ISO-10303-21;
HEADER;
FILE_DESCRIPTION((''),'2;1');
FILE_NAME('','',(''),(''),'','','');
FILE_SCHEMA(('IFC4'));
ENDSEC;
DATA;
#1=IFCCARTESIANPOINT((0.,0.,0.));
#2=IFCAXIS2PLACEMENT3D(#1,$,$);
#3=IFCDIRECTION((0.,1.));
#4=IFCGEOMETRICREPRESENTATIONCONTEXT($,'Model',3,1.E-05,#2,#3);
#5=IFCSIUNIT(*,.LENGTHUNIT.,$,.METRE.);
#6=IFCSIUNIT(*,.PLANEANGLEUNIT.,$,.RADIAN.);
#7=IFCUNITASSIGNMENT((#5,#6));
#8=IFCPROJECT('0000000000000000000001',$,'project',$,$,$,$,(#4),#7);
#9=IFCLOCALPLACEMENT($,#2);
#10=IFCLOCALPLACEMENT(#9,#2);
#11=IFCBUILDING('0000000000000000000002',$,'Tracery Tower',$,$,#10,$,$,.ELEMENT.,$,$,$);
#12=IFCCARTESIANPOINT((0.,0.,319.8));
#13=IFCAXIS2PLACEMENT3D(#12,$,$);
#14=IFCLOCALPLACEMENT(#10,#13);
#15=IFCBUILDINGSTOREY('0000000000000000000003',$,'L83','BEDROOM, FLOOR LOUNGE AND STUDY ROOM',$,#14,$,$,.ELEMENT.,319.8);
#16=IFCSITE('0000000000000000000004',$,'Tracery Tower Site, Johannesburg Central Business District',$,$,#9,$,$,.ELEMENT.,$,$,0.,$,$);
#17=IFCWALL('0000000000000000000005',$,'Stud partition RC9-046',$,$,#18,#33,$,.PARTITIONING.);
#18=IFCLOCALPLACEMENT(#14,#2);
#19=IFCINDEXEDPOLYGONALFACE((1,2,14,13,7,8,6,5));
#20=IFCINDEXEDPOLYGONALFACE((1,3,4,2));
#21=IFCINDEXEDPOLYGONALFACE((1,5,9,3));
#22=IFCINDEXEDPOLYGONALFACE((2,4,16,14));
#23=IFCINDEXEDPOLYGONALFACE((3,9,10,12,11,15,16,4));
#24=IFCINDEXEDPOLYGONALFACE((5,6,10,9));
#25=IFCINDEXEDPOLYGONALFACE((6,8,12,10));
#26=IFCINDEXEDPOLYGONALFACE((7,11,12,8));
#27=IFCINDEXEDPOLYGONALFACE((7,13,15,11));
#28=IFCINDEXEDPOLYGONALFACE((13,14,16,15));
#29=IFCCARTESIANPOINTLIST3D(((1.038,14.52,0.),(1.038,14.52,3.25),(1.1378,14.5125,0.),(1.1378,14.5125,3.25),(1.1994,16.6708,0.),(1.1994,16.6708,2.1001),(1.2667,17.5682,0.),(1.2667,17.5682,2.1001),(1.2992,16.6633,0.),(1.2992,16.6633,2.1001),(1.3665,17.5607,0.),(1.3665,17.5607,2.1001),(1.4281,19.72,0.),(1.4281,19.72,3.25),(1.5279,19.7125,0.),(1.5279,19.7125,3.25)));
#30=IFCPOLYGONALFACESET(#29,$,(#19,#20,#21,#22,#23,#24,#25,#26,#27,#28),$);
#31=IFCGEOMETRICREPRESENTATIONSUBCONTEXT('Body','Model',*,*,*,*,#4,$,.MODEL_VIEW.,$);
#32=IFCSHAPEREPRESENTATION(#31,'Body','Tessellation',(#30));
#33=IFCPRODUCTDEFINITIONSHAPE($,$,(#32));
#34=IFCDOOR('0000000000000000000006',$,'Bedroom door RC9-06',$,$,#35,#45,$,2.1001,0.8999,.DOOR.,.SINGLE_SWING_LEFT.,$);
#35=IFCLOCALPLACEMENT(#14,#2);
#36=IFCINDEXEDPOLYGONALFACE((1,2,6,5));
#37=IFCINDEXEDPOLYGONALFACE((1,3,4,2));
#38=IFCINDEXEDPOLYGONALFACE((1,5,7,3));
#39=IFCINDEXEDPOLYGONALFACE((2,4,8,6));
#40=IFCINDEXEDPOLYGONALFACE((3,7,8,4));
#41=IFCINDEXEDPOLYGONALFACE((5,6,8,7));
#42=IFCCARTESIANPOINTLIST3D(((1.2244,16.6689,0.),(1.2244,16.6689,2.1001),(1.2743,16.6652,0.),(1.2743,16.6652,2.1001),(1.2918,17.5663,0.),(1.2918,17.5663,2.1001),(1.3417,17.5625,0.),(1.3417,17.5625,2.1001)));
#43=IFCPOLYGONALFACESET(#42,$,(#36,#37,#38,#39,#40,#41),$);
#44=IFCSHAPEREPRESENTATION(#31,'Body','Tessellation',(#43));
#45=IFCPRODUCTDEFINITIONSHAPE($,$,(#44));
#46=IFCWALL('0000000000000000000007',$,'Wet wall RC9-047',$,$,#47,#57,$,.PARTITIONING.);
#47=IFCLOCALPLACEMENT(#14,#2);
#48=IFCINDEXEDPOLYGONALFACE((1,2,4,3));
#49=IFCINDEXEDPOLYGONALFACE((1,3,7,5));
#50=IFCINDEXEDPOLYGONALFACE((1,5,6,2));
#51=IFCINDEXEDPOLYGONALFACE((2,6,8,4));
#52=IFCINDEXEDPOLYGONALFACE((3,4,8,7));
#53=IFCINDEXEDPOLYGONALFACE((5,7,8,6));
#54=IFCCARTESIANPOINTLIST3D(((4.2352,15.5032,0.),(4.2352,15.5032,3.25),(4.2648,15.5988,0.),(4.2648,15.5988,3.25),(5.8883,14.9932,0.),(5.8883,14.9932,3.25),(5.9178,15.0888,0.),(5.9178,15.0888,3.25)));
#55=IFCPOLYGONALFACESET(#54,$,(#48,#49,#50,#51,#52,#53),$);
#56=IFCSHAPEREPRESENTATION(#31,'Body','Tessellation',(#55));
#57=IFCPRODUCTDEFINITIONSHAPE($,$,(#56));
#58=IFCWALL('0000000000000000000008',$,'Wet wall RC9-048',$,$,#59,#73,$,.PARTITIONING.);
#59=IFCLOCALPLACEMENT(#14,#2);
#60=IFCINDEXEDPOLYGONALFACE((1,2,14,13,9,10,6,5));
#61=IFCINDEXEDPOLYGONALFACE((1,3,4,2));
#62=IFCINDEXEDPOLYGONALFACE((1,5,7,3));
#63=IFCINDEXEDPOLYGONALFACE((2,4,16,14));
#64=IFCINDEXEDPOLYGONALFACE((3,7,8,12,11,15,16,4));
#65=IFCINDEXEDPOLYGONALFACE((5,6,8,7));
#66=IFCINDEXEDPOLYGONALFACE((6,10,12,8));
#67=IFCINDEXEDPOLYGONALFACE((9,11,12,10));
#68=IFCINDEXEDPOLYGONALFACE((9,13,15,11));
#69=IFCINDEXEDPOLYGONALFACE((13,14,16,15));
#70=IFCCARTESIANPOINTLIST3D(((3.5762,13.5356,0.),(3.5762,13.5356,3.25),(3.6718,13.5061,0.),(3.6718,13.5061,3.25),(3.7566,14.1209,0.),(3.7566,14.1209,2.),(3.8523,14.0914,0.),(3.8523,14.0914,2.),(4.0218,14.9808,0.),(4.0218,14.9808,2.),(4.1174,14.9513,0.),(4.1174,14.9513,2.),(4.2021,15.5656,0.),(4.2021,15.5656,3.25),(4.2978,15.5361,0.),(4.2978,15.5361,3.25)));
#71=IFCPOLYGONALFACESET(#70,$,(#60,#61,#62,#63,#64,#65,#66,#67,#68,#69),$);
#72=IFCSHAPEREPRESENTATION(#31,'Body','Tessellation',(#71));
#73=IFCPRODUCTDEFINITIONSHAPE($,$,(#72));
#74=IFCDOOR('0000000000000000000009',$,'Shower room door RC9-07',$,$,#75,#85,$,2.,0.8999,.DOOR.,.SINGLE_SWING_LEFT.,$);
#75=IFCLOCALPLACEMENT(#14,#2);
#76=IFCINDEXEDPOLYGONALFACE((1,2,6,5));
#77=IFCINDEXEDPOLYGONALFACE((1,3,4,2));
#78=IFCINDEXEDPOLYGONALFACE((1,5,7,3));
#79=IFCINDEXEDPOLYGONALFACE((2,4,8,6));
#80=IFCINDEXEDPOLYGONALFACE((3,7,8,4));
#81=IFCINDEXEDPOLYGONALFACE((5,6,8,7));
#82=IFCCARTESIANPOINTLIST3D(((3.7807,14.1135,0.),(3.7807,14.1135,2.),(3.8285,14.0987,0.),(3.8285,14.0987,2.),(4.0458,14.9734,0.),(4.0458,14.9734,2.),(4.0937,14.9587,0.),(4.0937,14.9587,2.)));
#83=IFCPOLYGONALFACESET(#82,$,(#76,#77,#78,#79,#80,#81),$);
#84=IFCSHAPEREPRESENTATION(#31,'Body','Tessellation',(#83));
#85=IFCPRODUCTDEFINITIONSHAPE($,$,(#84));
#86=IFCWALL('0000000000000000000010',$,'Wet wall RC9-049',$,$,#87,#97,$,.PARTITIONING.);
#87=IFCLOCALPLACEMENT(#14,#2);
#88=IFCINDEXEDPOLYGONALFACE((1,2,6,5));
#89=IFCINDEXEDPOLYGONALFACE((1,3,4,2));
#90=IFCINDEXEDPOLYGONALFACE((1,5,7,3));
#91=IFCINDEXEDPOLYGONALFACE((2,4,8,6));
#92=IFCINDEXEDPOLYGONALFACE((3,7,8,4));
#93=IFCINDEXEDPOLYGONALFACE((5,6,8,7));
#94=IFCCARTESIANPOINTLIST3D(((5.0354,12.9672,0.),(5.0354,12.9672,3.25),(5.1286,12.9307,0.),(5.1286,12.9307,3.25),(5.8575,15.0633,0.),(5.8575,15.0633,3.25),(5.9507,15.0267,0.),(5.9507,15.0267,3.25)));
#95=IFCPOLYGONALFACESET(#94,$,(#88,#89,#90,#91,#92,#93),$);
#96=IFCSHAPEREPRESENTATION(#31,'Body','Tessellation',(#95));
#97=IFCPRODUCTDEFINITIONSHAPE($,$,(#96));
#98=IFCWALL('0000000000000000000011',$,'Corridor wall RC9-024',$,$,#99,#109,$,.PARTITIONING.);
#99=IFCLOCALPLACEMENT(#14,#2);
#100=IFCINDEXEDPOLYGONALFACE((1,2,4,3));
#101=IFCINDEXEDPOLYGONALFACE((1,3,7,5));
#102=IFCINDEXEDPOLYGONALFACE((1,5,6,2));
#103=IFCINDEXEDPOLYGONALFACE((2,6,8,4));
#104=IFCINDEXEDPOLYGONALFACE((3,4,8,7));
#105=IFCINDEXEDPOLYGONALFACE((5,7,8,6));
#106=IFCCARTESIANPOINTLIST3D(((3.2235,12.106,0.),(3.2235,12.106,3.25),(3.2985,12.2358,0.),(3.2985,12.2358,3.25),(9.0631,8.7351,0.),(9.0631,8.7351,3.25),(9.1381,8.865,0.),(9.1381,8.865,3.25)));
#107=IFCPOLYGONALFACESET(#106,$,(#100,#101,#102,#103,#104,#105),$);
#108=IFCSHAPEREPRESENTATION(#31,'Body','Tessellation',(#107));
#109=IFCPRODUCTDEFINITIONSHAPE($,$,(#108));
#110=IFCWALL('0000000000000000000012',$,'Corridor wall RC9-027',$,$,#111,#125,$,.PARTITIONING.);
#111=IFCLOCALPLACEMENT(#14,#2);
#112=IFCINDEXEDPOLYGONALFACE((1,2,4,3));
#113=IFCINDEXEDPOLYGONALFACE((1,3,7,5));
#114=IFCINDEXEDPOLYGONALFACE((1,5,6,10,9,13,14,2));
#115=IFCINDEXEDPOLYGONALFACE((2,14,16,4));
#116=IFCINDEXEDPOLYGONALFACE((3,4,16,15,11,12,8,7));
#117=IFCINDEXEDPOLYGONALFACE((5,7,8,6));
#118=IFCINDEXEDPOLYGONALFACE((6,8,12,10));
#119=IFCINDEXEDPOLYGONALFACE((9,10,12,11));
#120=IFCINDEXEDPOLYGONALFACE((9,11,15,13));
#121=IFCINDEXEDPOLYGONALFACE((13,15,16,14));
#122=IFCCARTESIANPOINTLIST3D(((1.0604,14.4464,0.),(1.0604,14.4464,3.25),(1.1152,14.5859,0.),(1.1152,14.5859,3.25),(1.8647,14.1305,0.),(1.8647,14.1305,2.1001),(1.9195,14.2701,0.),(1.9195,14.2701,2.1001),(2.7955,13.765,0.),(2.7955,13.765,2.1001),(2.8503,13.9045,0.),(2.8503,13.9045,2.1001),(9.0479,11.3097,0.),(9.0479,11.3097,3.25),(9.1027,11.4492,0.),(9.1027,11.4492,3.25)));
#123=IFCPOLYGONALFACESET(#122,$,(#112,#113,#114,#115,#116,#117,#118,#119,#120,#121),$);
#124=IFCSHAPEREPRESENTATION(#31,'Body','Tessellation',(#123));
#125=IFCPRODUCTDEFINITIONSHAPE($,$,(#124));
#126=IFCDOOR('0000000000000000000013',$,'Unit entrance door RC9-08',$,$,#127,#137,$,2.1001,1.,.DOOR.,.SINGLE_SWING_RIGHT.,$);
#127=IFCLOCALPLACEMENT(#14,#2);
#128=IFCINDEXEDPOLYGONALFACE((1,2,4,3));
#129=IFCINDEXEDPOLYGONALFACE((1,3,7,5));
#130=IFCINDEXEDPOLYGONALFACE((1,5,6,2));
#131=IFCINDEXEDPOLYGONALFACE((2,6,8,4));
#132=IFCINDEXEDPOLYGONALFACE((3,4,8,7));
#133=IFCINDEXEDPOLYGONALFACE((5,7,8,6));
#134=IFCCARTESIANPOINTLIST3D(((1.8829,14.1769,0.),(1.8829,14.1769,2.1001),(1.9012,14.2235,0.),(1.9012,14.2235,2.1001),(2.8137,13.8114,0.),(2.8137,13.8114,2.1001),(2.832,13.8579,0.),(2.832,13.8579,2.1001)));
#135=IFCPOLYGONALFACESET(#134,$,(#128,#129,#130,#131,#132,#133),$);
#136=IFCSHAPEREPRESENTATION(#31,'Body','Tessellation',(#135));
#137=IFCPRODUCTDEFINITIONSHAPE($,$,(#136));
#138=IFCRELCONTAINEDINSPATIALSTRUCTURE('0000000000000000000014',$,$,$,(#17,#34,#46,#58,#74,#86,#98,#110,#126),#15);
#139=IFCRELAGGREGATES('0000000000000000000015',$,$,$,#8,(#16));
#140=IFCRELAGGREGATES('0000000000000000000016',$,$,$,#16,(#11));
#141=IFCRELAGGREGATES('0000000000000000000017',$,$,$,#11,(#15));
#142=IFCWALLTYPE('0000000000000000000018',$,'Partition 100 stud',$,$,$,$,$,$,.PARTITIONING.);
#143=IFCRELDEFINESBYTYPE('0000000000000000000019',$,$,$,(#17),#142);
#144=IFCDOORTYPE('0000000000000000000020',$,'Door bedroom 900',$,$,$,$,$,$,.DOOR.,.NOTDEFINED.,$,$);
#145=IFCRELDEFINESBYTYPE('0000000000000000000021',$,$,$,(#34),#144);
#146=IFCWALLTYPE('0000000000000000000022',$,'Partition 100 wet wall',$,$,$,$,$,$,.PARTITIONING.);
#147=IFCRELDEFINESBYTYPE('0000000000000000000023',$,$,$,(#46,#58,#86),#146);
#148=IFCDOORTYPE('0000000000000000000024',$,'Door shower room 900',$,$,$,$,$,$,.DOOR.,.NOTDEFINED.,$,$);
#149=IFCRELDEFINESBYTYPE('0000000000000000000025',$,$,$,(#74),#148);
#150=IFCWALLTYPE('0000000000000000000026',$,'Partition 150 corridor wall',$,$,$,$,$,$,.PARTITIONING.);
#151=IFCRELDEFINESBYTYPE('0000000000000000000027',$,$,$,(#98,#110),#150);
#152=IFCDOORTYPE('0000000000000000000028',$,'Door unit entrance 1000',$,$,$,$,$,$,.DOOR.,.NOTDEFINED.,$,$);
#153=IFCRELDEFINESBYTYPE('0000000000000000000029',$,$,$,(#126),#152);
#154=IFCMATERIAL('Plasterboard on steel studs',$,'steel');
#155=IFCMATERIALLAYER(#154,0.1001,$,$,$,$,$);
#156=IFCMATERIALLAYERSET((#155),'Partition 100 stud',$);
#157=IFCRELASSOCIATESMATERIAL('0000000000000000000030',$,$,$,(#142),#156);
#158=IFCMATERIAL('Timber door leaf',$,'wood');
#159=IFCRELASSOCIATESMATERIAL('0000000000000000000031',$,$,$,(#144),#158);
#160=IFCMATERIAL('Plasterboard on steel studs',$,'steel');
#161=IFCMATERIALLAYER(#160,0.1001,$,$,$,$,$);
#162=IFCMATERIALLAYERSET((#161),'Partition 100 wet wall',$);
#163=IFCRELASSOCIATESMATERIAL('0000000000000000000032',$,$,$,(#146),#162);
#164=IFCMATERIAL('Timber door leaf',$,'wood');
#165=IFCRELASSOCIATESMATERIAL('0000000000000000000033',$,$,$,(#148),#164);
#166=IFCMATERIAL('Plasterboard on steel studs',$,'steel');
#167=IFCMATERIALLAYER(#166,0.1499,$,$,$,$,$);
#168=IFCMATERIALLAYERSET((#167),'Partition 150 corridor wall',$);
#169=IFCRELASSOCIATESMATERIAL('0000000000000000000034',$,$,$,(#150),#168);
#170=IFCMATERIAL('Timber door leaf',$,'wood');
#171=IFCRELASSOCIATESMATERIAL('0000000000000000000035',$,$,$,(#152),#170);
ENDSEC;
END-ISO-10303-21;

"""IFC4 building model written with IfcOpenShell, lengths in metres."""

from ifc_helpers import new_model, si_unit, direction, frame, frame_2d, origin, place, context, subcontext, project, spatial, rectangle, extrude, material, layer, layer_set, type_object, element, fill, save


model = new_model("IFC4")

# Units and contexts
model_context = context("Model", 3, precision=1e-05, world=origin(), true_north=direction((0.0, 1.0)))
body_context = subcontext(model_context, "Body", "Model", "MODEL_VIEW")
ifc_project = project(units=[si_unit("LENGTHUNIT", "METRE"), si_unit("PLANEANGLEUNIT", "RADIAN")], contexts=[model_context])

# Site, building, storey
site_placement = place(None, origin())
site = spatial("IfcSite", under=ifc_project, at=site_placement, Name="Tracery Tower Site, Johannesburg Central Business District", CompositionType="ELEMENT", RefElevation=0.0)
building_placement = place(site_placement, origin())
building = spatial("IfcBuilding", under=site, at=building_placement, Name="Tracery Tower", CompositionType="ELEMENT")
storey_placement = place(building_placement, frame((0.0, 0.0, 319.8)))
storey = spatial("IfcBuildingStorey", under=building, at=storey_placement, Name="L83", Description="BEDROOM, FLOOR LOUNGE AND STUDY ROOM", CompositionType="ELEMENT", Elevation=319.8)

# Wall, opening, door
ifc_material_1 = material(Name="Plasterboard on steel studs", Category="steel")
ifc_layer_1 = layer(ifc_material_1, 0.1001)
ifc_layer_set_1 = layer_set([ifc_layer_1], Name="Partition 100 stud")
wall_type_1 = type_object("IfcWallType", Name="Partition 100 stud", PredefinedType="PARTITIONING", material=ifc_layer_set_1)
ifc_material_2 = material(Name="Timber door leaf", Category="wood")
door_type_1 = type_object("IfcDoorType", Name="Door bedroom 900", OperationType="NOTDEFINED", PredefinedType="DOOR", material=ifc_material_2)
wall_1_placement = place(storey_placement, frame((1.0879, 14.5161, 0.0), z_axis=(0.0, 0.0, 1.0), x_axis=(0.074817, 0.997197, 0.0)))
wall_1 = element("IfcWall", 1, at=wall_1_placement, inside=storey, type_object=wall_type_1, Name="Stud partition RC9-046", PredefinedType="PARTITIONING", context=body_context, shape_type="SweptSolid", body=[
    extrude(rectangle(XDim=5.2146, YDim=0.1001, at=frame_2d((2.6074, 0.0))), origin(), (0.0, 0.0, 1.0), 3.25),
])
opening_1_placement = place(wall_1_placement, frame((2.157, 0.0, 0.0)))
opening_1 = element("IfcOpeningElement", 2, at=opening_1_placement, cuts=wall_1, PredefinedType="OPENING", context=body_context, shape_type="SweptSolid", body=[
    extrude(rectangle(XDim=0.8999, YDim=2.1001, at=frame_2d((0.45, 1.05))), frame((0.0, 0.05, 0.0), z_axis=(0.0, -1.0, 0.0), x_axis=(1.0, 0.0, 0.0)), (0.0, 0.0, 1.0), 0.1001),
])
door_1_placement = place(opening_1_placement, origin())
door_1 = element("IfcDoor", 3, at=door_1_placement, inside=storey, type_object=door_type_1, Name="Bedroom door RC9-06", OperationType="SINGLE_SWING_LEFT", OverallHeight=2.1001, OverallWidth=0.8999, PredefinedType="DOOR", context=body_context, shape_type="SweptSolid", body=[
    extrude(rectangle(XDim=0.8999, YDim=2.1001, at=frame_2d((0.45, 1.05))), frame((0.0, 0.0249, 0.0), z_axis=(0.0, -1.0, 0.0), x_axis=(1.0, 0.0, 0.0)), (0.0, 0.0, 1.0), 0.05),
])
fill(opening_1, door_1)

# Wall
ifc_material_3 = material(Name="Plasterboard on steel studs", Category="steel")
ifc_layer_2 = layer(ifc_material_3, 0.1001)
ifc_layer_set_2 = layer_set([ifc_layer_2], Name="Partition 100 wet wall")
wall_type_2 = type_object("IfcWallType", Name="Partition 100 wet wall", PredefinedType="PARTITIONING", material=ifc_layer_set_2)
wall_2_placement = place(storey_placement, frame((4.25, 15.551, 0.0), z_axis=(0.0, 0.0, 1.0), x_axis=(0.955556, -0.29481, 0.0)))
element("IfcWall", 4, at=wall_2_placement, inside=storey, type_object=wall_type_2, Name="Wet wall RC9-047", PredefinedType="PARTITIONING", context=body_context, shape_type="SweptSolid", body=[
    extrude(rectangle(XDim=1.73, YDim=0.1001, at=frame_2d((0.865, 0.0))), origin(), (0.0, 0.0, 1.0), 3.25),
])

# Wall, opening, door
wall_3_placement = place(storey_placement, frame((3.624, 13.521, 0.0), z_axis=(0.0, 0.0, 1.0), x_axis=(0.294667, 0.9556, 0.0)))
wall_3 = element("IfcWall", 5, at=wall_3_placement, inside=storey, type_object=wall_type_2, Name="Wet wall RC9-048", PredefinedType="PARTITIONING", context=body_context, shape_type="SweptSolid", body=[
    extrude(rectangle(XDim=2.1243, YDim=0.1001, at=frame_2d((1.062, 0.0))), origin(), (0.0, 0.0, 1.0), 3.25),
])
opening_2_placement = place(wall_3_placement, frame((0.6123, 0.0, 0.0)))
opening_2 = element("IfcOpeningElement", 6, at=opening_2_placement, cuts=wall_3, PredefinedType="OPENING", context=body_context, shape_type="SweptSolid", body=[
    extrude(rectangle(XDim=0.8999, YDim=2.0, at=frame_2d((0.45, 1.0))), frame((0.0, 0.05, 0.0), z_axis=(0.0, -1.0, 0.0), x_axis=(1.0, 0.0, 0.0)), (0.0, 0.0, 1.0), 0.1001),
])
ifc_material_4 = material(Name="Timber door leaf", Category="wood")
door_type_2 = type_object("IfcDoorType", Name="Door shower room 900", OperationType="NOTDEFINED", PredefinedType="DOOR", material=ifc_material_4)
door_2_placement = place(opening_2_placement, origin())
door_2 = element("IfcDoor", 7, at=door_2_placement, inside=storey, type_object=door_type_2, Name="Shower room door RC9-07", OperationType="SINGLE_SWING_LEFT", OverallHeight=2.0, OverallWidth=0.8999, PredefinedType="DOOR", context=body_context, shape_type="SweptSolid", body=[
    extrude(rectangle(XDim=0.8999, YDim=2.0, at=frame_2d((0.45, 1.0))), frame((0.0, 0.0249, 0.0), z_axis=(0.0, -1.0, 0.0), x_axis=(1.0, 0.0, 0.0)), (0.0, 0.0, 1.0), 0.05),
])
fill(opening_2, door_2)

# Walls
wall_4_placement = place(storey_placement, frame((5.082, 12.949, 0.0), z_axis=(0.0, 0.0, 1.0), x_axis=(0.365119, 0.930961, 0.0)))
element("IfcWall", 8, at=wall_4_placement, inside=storey, type_object=wall_type_2, Name="Wet wall RC9-049", PredefinedType="PARTITIONING", context=body_context, shape_type="SweptSolid", body=[
    extrude(rectangle(XDim=2.2515, YDim=0.1001, at=frame_2d((1.1257, 0.0))), origin(), (0.0, 0.0, 1.0), 3.25),
])
ifc_material_5 = material(Name="Plasterboard on steel studs", Category="steel")
ifc_layer_3 = layer(ifc_material_5, 0.1499)
ifc_layer_set_3 = layer_set([ifc_layer_3], Name="Partition 150 corridor wall")
wall_type_3 = type_object("IfcWallType", Name="Partition 150 corridor wall", PredefinedType="PARTITIONING", material=ifc_layer_set_3)
wall_5_placement = place(storey_placement, frame((3.261, 12.1709, 0.0), z_axis=(0.0, 0.0, 1.0), x_axis=(0.866067, -0.499928, 0.0)))
element("IfcWall", 9, at=wall_5_placement, inside=storey, type_object=wall_type_3, Name="Corridor wall RC9-024", PredefinedType="PARTITIONING", context=body_context, shape_type="SweptSolid", body=[
    extrude(rectangle(XDim=6.7427, YDim=0.1499, at=frame_2d((3.3713, 0.0))), origin(), (0.0, 0.0, 1.0), 3.25),
])

# Wall, opening, door
wall_6_placement = place(storey_placement, frame((1.0879, 14.5161, 0.0), z_axis=(0.0, 0.0, 1.0), x_axis=(0.930801, -0.365526, 0.0)))
wall_6 = element("IfcWall", 10, at=wall_6_placement, inside=storey, type_object=wall_type_3, Name="Corridor wall RC9-027", PredefinedType="PARTITIONING", context=body_context, shape_type="SweptSolid", body=[
    extrude(rectangle(XDim=8.5813, YDim=0.1499, at=frame_2d((4.2905, 0.0))), origin(), (0.0, 0.0, 1.0), 3.25),
])
opening_3_placement = place(wall_6_placement, frame((0.864, 0.0, 0.0)))
opening_3 = element("IfcOpeningElement", 11, at=opening_3_placement, cuts=wall_6, PredefinedType="OPENING", context=body_context, shape_type="SweptSolid", body=[
    extrude(rectangle(XDim=1.0, YDim=2.1001, at=frame_2d((0.5, 1.05))), frame((0.0, 0.075, 0.0), z_axis=(0.0, -1.0, 0.0), x_axis=(1.0, 0.0, 0.0)), (0.0, 0.0, 1.0), 0.1499),
])
ifc_material_6 = material(Name="Timber door leaf", Category="wood")
door_type_3 = type_object("IfcDoorType", Name="Door unit entrance 1000", OperationType="NOTDEFINED", PredefinedType="DOOR", material=ifc_material_6)
door_3_placement = place(opening_3_placement, origin())
door_3 = element("IfcDoor", 12, at=door_3_placement, inside=storey, type_object=door_type_3, Name="Unit entrance door RC9-08", OperationType="SINGLE_SWING_RIGHT", OverallHeight=2.1001, OverallWidth=1.0, PredefinedType="DOOR", context=body_context, shape_type="SweptSolid", body=[
    extrude(rectangle(XDim=1.0, YDim=2.1001, at=frame_2d((0.5, 1.05))), frame((0.0, 0.0249, 0.0), z_axis=(0.0, -1.0, 0.0), x_axis=(1.0, 0.0, 0.0)), (0.0, 0.0, 1.0), 0.05),
])
fill(opening_3, door_3)

save(model, "model.ifc")
